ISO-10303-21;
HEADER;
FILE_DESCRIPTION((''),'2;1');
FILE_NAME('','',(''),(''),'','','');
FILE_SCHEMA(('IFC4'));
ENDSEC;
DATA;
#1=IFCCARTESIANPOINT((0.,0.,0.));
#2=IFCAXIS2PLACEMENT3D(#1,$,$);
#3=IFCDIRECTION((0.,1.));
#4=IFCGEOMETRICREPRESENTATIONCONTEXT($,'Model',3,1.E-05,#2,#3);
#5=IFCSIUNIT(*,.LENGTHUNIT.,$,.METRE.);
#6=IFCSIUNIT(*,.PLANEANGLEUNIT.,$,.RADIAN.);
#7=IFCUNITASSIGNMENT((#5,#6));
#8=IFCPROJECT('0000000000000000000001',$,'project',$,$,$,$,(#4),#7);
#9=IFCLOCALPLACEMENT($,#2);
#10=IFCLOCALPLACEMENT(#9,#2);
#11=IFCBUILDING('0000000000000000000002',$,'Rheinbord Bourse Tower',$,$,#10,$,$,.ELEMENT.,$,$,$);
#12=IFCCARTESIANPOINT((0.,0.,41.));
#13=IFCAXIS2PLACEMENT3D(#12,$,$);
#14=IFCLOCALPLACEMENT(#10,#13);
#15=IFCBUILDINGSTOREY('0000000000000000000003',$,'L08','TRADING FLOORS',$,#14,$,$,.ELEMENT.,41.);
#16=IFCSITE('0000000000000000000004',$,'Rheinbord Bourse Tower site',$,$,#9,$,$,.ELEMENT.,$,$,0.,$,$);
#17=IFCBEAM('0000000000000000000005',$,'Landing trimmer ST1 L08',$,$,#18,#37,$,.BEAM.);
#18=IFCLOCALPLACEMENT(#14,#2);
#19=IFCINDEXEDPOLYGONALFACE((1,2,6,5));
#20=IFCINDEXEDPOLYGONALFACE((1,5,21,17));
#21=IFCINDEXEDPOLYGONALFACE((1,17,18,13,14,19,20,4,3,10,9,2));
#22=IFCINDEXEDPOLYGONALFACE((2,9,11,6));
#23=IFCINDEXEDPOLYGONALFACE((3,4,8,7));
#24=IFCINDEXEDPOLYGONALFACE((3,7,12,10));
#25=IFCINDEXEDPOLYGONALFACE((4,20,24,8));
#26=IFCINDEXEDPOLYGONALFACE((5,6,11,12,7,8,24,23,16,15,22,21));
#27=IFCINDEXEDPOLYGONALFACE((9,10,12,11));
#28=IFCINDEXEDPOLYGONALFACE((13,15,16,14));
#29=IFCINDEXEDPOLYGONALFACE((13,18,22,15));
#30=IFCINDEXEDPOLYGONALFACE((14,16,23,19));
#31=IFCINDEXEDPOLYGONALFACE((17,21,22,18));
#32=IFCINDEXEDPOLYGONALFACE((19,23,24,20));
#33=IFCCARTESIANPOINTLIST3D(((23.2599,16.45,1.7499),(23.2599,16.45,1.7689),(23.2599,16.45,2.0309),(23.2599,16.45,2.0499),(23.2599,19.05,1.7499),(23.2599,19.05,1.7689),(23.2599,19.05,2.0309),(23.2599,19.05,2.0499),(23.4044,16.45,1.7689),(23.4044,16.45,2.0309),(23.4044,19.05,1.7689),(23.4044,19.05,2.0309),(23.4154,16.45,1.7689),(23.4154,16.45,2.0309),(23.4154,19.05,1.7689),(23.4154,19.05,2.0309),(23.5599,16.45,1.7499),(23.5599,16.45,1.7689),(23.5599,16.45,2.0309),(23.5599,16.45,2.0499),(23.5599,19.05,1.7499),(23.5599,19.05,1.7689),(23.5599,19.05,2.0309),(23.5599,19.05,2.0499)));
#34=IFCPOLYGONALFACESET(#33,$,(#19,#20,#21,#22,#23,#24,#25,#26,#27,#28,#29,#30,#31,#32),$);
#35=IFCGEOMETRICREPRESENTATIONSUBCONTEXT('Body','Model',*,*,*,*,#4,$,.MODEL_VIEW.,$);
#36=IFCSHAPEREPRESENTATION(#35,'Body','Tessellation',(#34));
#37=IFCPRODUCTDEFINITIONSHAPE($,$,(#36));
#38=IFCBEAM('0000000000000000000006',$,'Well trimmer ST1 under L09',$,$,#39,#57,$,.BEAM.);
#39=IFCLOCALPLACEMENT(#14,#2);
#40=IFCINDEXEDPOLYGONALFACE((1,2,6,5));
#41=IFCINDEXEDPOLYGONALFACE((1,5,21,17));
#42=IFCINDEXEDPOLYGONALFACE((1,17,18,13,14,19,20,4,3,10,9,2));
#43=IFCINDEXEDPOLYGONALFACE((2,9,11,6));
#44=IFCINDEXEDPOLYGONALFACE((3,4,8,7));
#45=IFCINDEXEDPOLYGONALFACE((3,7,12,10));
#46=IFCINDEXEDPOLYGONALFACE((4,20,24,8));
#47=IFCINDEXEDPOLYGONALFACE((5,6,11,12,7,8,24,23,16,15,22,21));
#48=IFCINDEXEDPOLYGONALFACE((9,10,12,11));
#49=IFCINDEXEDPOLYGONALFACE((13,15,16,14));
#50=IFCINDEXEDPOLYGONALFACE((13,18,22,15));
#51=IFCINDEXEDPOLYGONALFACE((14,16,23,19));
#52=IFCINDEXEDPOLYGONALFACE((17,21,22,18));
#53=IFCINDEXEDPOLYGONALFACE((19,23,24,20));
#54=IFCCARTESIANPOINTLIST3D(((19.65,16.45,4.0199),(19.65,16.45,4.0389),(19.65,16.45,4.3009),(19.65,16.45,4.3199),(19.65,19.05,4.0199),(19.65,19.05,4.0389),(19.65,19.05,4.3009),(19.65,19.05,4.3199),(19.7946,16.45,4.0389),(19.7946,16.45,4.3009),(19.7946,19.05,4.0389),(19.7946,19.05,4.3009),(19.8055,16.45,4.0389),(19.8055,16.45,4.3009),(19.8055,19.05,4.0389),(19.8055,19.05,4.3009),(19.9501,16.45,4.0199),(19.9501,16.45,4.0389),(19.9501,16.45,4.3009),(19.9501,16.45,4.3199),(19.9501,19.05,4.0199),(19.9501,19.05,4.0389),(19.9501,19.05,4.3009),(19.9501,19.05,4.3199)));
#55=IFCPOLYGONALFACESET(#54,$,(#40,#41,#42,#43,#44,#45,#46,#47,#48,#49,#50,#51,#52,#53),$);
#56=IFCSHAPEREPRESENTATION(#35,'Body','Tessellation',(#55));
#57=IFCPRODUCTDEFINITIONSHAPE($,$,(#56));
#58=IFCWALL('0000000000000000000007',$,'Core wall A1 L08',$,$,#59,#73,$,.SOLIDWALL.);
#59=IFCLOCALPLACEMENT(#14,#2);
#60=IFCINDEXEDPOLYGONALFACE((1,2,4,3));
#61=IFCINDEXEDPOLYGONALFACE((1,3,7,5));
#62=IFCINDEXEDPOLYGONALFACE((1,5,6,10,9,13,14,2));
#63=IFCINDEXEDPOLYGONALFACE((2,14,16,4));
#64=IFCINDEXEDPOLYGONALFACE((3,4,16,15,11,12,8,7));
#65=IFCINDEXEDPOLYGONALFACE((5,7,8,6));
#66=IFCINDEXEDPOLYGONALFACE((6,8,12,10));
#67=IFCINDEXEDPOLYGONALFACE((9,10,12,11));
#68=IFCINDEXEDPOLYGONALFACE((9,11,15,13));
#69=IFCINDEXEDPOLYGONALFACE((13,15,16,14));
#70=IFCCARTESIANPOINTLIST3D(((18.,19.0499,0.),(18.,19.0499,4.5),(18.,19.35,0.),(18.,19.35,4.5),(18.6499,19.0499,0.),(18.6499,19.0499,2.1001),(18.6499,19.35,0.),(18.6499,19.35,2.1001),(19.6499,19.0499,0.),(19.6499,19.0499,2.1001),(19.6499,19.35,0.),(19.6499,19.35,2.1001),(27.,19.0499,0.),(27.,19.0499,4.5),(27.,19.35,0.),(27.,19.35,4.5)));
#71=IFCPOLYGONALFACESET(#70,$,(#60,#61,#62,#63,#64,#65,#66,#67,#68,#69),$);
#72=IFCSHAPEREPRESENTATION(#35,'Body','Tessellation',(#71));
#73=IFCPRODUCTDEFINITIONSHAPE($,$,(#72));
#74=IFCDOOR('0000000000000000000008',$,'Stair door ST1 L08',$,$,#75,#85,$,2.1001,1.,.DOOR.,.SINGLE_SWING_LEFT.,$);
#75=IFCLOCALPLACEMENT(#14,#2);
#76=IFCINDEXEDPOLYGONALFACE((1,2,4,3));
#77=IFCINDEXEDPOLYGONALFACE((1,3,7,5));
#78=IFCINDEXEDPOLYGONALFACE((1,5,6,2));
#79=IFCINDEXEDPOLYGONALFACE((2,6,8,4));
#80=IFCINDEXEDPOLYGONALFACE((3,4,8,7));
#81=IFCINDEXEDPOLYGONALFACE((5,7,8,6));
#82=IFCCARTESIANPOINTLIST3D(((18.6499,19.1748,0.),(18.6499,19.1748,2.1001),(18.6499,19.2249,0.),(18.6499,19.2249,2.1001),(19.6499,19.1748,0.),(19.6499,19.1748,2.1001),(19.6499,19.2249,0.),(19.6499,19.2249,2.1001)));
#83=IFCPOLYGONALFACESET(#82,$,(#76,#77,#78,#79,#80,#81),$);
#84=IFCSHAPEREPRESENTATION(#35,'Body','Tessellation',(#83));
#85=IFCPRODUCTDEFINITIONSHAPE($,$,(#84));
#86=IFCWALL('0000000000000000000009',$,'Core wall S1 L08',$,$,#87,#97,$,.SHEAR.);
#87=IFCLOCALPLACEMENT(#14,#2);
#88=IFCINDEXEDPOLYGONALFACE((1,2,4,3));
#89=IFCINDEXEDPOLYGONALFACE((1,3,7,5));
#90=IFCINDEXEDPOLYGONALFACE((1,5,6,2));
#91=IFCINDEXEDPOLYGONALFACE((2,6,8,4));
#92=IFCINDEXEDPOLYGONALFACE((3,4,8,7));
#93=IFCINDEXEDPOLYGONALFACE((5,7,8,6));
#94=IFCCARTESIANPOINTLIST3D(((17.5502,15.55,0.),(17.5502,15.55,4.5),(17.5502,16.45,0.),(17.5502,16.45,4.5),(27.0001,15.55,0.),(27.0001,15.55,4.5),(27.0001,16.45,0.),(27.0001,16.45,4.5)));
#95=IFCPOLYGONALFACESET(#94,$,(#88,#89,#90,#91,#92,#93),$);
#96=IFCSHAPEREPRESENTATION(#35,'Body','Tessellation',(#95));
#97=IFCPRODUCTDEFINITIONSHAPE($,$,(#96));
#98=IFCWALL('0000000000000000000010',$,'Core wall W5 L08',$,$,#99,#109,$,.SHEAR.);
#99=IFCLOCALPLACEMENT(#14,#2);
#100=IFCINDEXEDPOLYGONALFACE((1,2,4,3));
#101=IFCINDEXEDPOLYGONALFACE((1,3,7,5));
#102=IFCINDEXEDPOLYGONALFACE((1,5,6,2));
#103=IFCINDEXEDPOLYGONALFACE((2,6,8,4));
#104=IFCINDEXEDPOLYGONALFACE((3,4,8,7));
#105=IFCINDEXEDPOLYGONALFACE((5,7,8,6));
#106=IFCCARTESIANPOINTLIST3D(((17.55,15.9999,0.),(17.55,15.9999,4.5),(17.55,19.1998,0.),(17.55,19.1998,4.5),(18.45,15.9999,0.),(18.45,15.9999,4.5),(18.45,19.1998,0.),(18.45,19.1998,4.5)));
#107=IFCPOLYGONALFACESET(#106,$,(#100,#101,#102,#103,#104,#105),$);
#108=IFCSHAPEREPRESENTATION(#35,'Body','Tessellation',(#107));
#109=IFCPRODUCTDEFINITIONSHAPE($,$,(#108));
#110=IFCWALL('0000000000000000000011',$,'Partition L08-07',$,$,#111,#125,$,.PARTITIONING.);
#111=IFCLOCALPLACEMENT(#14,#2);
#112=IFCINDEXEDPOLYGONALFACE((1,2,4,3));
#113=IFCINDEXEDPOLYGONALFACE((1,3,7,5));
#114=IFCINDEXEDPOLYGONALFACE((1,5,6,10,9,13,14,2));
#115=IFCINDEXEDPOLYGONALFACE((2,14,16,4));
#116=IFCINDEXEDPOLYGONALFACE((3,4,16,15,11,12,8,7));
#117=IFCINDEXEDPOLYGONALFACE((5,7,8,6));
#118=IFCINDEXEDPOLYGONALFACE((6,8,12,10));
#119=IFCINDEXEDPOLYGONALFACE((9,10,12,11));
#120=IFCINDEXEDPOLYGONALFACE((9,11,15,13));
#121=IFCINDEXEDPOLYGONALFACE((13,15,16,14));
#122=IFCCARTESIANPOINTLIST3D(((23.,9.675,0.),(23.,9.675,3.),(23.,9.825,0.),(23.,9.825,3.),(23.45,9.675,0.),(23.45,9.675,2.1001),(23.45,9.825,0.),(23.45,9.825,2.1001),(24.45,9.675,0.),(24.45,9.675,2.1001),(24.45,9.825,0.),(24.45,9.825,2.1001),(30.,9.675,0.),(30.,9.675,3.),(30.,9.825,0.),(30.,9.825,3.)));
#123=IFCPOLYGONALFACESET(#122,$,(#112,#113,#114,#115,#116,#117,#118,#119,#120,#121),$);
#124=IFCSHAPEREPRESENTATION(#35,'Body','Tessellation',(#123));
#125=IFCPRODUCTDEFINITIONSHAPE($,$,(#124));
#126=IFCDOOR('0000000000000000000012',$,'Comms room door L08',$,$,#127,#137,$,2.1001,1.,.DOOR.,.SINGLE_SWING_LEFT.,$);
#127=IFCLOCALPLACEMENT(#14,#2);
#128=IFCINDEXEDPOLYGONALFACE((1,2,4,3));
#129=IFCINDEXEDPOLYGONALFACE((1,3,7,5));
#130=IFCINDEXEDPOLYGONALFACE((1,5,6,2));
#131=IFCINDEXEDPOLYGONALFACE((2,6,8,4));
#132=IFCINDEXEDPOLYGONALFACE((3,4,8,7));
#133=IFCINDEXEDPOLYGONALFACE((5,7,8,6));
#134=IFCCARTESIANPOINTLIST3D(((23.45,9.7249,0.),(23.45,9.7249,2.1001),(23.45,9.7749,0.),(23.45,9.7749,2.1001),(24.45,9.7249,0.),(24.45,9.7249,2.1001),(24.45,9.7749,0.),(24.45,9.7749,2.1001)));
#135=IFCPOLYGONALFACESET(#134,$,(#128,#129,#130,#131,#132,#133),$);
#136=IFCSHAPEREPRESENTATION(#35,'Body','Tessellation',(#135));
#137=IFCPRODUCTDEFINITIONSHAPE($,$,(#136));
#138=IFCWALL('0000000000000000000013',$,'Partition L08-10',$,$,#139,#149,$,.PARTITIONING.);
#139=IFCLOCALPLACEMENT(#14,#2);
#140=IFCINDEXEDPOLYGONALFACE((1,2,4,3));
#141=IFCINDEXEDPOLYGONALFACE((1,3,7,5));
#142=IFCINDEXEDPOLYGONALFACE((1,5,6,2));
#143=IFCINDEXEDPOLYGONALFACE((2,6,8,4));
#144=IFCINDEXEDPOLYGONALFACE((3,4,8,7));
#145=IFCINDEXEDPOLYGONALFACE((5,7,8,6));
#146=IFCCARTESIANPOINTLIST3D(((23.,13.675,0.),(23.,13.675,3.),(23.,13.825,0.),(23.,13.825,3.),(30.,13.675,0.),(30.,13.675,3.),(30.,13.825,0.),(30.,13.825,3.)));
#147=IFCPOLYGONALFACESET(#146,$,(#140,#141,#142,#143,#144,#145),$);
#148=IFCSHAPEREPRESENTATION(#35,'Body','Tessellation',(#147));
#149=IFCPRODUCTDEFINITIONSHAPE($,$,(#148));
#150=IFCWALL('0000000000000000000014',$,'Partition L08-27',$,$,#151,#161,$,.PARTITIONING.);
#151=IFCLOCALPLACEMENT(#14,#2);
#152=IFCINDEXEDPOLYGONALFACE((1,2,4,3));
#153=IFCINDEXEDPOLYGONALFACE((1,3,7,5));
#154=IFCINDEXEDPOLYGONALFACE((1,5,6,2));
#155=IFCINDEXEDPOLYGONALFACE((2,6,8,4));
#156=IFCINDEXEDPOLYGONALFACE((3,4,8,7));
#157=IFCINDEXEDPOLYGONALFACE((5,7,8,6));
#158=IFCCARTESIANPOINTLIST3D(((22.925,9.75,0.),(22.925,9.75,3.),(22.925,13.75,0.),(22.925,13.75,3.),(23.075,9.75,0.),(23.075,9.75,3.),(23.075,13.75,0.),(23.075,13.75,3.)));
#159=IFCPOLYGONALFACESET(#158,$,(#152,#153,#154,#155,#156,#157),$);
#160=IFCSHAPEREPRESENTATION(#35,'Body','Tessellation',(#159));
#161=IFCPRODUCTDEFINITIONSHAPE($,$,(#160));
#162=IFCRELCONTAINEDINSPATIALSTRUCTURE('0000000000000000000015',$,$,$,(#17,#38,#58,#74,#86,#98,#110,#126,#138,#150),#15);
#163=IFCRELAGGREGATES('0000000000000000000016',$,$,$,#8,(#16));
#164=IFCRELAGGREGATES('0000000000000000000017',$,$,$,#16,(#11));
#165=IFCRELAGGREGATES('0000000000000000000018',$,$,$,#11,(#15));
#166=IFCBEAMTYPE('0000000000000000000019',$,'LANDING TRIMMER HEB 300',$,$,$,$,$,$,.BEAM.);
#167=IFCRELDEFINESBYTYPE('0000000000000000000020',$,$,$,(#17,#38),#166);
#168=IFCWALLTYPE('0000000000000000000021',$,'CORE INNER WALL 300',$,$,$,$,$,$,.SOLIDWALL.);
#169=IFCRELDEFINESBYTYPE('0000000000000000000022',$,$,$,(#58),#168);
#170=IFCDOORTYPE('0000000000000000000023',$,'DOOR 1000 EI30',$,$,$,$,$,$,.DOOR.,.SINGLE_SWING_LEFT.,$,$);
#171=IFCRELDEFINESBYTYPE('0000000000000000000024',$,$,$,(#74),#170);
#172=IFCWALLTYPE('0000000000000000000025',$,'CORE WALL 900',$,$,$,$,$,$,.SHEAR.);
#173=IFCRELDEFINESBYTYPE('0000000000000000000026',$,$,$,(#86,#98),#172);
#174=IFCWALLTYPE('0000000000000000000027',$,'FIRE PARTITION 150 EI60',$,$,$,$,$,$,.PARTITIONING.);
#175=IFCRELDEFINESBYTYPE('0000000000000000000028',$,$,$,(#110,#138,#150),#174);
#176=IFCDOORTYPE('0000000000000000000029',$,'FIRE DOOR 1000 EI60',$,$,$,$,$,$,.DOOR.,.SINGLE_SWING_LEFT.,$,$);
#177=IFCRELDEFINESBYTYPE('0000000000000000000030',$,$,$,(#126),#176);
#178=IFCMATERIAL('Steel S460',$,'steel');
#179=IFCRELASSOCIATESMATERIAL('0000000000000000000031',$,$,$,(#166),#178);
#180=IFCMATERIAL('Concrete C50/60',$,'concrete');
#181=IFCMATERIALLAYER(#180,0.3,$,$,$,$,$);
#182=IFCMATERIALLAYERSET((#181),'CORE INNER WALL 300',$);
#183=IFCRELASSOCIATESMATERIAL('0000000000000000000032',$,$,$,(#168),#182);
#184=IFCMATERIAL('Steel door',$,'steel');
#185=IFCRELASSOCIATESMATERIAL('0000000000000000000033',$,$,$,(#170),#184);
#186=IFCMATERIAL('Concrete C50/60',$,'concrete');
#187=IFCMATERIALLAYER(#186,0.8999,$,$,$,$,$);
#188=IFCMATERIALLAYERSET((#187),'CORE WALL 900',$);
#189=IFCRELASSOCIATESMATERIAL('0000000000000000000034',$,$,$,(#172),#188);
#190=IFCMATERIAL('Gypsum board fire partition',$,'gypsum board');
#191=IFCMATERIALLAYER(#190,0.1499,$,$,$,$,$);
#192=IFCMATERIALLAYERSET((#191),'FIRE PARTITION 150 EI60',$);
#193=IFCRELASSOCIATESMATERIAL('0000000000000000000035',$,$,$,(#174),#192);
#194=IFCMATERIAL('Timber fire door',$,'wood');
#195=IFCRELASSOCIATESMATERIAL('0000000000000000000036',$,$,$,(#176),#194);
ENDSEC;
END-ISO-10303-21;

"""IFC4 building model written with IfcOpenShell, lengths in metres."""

from ifc_helpers import new_model, si_unit, direction, frame, frame_2d, origin, origin_2d, place, context, subcontext, project, spatial, rectangle, i_section, extrude, material, layer, layer_set, material_profile, profile_set, type_object, element, fill, save


model = new_model("IFC4")

# Units and contexts
model_context = context("Model", 3, precision=1e-05, world=origin(), true_north=direction((0.0, 1.0)))
body_context = subcontext(model_context, "Body", "Model", "MODEL_VIEW")
ifc_project = project(units=[si_unit("LENGTHUNIT", "METRE"), si_unit("PLANEANGLEUNIT", "RADIAN")], contexts=[model_context])

# Site, building, storey
site_placement = place(None, origin())
site = spatial("IfcSite", under=ifc_project, at=site_placement, Name="Rheinbord Bourse Tower site", CompositionType="ELEMENT", RefElevation=0.0)
building_placement = place(site_placement, origin())
building = spatial("IfcBuilding", under=site, at=building_placement, Name="Rheinbord Bourse Tower", CompositionType="ELEMENT")
storey_placement = place(building_placement, frame((0.0, 0.0, 41.0)))
storey = spatial("IfcBuildingStorey", under=building, at=storey_placement, Name="L08", Description="TRADING FLOORS", CompositionType="ELEMENT", Elevation=41.0)

# Beams
ifc_material_1 = material(Name="Steel S460", Category="steel")
ifc_material_profile = material_profile(ifc_material_1, i_section(OverallWidth=0.3, OverallDepth=0.3, WebThickness=0.011, FlangeThickness=0.019, at=origin_2d()), Name="HEB 300")
ifc_profile_set = profile_set([ifc_material_profile], Name="Steel S460")
beam_type = type_object("IfcBeamType", Name="LANDING TRIMMER HEB 300", PredefinedType="BEAM", material=ifc_profile_set)
for number, where, z_axis, x_axis, name in (
    (1, (23.4099, 16.45, 1.8999), (0.0, 1.0, 0.0), (-1.0, 0.0, 0.0), "Landing trimmer ST1 L08"),
    (2, (19.8, 16.45, 4.1699), (0.0, 1.0, 0.0), (-1.0, 0.0, 0.0), "Well trimmer ST1 under L09"),
):
    element("IfcBeam", number, at=place(storey_placement, frame(where, z_axis=z_axis, x_axis=x_axis)), inside=storey, type_object=beam_type, Name=name, PredefinedType="BEAM", context=body_context, shape_type="SweptSolid", body=[
        extrude(i_section(OverallWidth=0.3, OverallDepth=0.3, WebThickness=0.011, FlangeThickness=0.019, at=origin_2d()), origin(), (0.0, 0.0, 1.0), 2.6001),
    ])

# Wall, opening, door
ifc_material_2 = material(Name="Concrete C50/60", Category="concrete")
ifc_layer_1 = layer(ifc_material_2, 0.3)
ifc_layer_set_1 = layer_set([ifc_layer_1], Name="CORE INNER WALL 300")
wall_type_1 = type_object("IfcWallType", Name="CORE INNER WALL 300", PredefinedType="SOLIDWALL", material=ifc_layer_set_1)
wall_1_placement = place(storey_placement, frame((18.0, 19.2, 0.0), z_axis=(0.0, 0.0, 1.0), x_axis=(1.0, 0.0, 0.0)))
wall_1 = element("IfcWall", 3, at=wall_1_placement, inside=storey, type_object=wall_type_1, Name="Core wall A1 L08", PredefinedType="SOLIDWALL", context=body_context, shape_type="SweptSolid", body=[
    extrude(rectangle(XDim=9.0, YDim=0.3, at=frame_2d((4.5, 0.0))), origin(), (0.0, 0.0, 1.0), 4.5),
])
opening_1_placement = place(wall_1_placement, frame((0.6499, 0.0, 0.0)))
opening_1 = element("IfcOpeningElement", 4, at=opening_1_placement, cuts=wall_1, PredefinedType="OPENING", context=body_context, shape_type="SweptSolid", body=[
    extrude(rectangle(XDim=1.0, YDim=2.1001, at=frame_2d((0.5, 1.05))), frame((0.0, 0.1599, 0.0), z_axis=(0.0, -1.0, 0.0), x_axis=(1.0, 0.0, 0.0)), (0.0, 0.0, 1.0), 0.3201),
])
ifc_material_3 = material(Name="Steel door", Category="steel")
door_type_1 = type_object("IfcDoorType", Name="DOOR 1000 EI30", OperationType="SINGLE_SWING_LEFT", PredefinedType="DOOR", material=ifc_material_3)
door_1_placement = place(opening_1_placement, origin())
door_1 = element("IfcDoor", 5, at=door_1_placement, inside=storey, type_object=door_type_1, Name="Stair door ST1 L08", OperationType="SINGLE_SWING_LEFT", OverallHeight=2.1001, OverallWidth=1.0, PredefinedType="DOOR", context=body_context, shape_type="SweptSolid", body=[
    extrude(rectangle(XDim=1.0, YDim=2.1001, at=frame_2d((0.5, 1.05))), frame((0.0, 0.0249, 0.0), z_axis=(0.0, -1.0, 0.0), x_axis=(1.0, 0.0, 0.0)), (0.0, 0.0, 1.0), 0.05),
])
fill(opening_1, door_1)

# Walls
ifc_material_4 = material(Name="Concrete C50/60", Category="concrete")
ifc_layer_2 = layer(ifc_material_4, 0.8999)
ifc_layer_set_2 = layer_set([ifc_layer_2], Name="CORE WALL 900")
wall_type_2 = type_object("IfcWallType", Name="CORE WALL 900", PredefinedType="SHEAR", material=ifc_layer_set_2)
wall_2_placement = place(storey_placement, frame((17.55, 16.0, 0.0), z_axis=(0.0, 0.0, 1.0), x_axis=(1.0, 0.0, 0.0)))
element("IfcWall", 6, at=wall_2_placement, inside=storey, type_object=wall_type_2, Name="Core wall S1 L08", PredefinedType="SHEAR", context=body_context, shape_type="SweptSolid", body=[
    extrude(rectangle(XDim=9.45, YDim=0.8999, at=frame_2d((4.7251, 0.0))), origin(), (0.0, 0.0, 1.0), 4.5),
])
wall_3_placement = place(storey_placement, frame((18.0, 19.2, 0.0), z_axis=(0.0, 0.0, 1.0), x_axis=(0.0, -1.0, 0.0)))
element("IfcWall", 7, at=wall_3_placement, inside=storey, type_object=wall_type_2, Name="Core wall W5 L08", PredefinedType="SHEAR", context=body_context, shape_type="SweptSolid", body=[
    extrude(rectangle(XDim=3.2, YDim=0.8999, at=frame_2d((1.6001, 0.0))), origin(), (0.0, 0.0, 1.0), 4.5),
])

# Wall, opening, door
ifc_material_5 = material(Name="Gypsum board fire partition", Category="gypsum board")
ifc_layer_3 = layer(ifc_material_5, 0.1499)
ifc_layer_set_3 = layer_set([ifc_layer_3], Name="FIRE PARTITION 150 EI60")
wall_type_3 = type_object("IfcWallType", Name="FIRE PARTITION 150 EI60", PredefinedType="PARTITIONING", material=ifc_layer_set_3)
wall_4_placement = place(storey_placement, frame((23.0, 9.75, 0.0), z_axis=(0.0, 0.0, 1.0), x_axis=(1.0, 0.0, 0.0)))
wall_4 = element("IfcWall", 8, at=wall_4_placement, inside=storey, type_object=wall_type_3, Name="Partition L08-07", PredefinedType="PARTITIONING", context=body_context, shape_type="SweptSolid", body=[
    extrude(rectangle(XDim=7.0, YDim=0.1499, at=frame_2d((3.5, 0.0))), origin(), (0.0, 0.0, 1.0), 3.0),
])
opening_2_placement = place(wall_4_placement, frame((0.45, 0.0, 0.0)))
opening_2 = element("IfcOpeningElement", 9, at=opening_2_placement, cuts=wall_4, PredefinedType="OPENING", context=body_context, shape_type="SweptSolid", body=[
    extrude(rectangle(XDim=1.0, YDim=2.1001, at=frame_2d((0.5, 1.05))), frame((0.0, 0.085, 0.0), z_axis=(0.0, -1.0, 0.0), x_axis=(1.0, 0.0, 0.0)), (0.0, 0.0, 1.0), 0.1699),
])
ifc_material_6 = material(Name="Timber fire door", Category="wood")
door_type_2 = type_object("IfcDoorType", Name="FIRE DOOR 1000 EI60", OperationType="SINGLE_SWING_LEFT", PredefinedType="DOOR", material=ifc_material_6)
door_2_placement = place(opening_2_placement, origin())
door_2 = element("IfcDoor", 10, at=door_2_placement, inside=storey, type_object=door_type_2, Name="Comms room door L08", OperationType="SINGLE_SWING_LEFT", OverallHeight=2.1001, OverallWidth=1.0, PredefinedType="DOOR", context=body_context, shape_type="SweptSolid", body=[
    extrude(rectangle(XDim=1.0, YDim=2.1001, at=frame_2d((0.5, 1.05))), frame((0.0, 0.0249, 0.0), z_axis=(0.0, -1.0, 0.0), x_axis=(1.0, 0.0, 0.0)), (0.0, 0.0, 1.0), 0.05),
])
fill(opening_2, door_2)

# Walls
wall_5_placement = place(storey_placement, frame((23.0, 13.75, 0.0), z_axis=(0.0, 0.0, 1.0), x_axis=(1.0, 0.0, 0.0)))
element("IfcWall", 11, at=wall_5_placement, inside=storey, type_object=wall_type_3, Name="Partition L08-10", PredefinedType="PARTITIONING", context=body_context, shape_type="SweptSolid", body=[
    extrude(rectangle(XDim=7.0, YDim=0.1499, at=frame_2d((3.5, 0.0))), origin(), (0.0, 0.0, 1.0), 3.0),
])
wall_6_placement = place(storey_placement, frame((23.0, 9.75, 0.0), z_axis=(0.0, 0.0, 1.0), x_axis=(0.0, 1.0, 0.0)))
element("IfcWall", 12, at=wall_6_placement, inside=storey, type_object=wall_type_3, Name="Partition L08-27", PredefinedType="PARTITIONING", context=body_context, shape_type="SweptSolid", body=[
    extrude(rectangle(XDim=4.0, YDim=0.1499, at=frame_2d((2.0, 0.0))), origin(), (0.0, 0.0, 1.0), 3.0),
])

save(model, "model.ifc")
